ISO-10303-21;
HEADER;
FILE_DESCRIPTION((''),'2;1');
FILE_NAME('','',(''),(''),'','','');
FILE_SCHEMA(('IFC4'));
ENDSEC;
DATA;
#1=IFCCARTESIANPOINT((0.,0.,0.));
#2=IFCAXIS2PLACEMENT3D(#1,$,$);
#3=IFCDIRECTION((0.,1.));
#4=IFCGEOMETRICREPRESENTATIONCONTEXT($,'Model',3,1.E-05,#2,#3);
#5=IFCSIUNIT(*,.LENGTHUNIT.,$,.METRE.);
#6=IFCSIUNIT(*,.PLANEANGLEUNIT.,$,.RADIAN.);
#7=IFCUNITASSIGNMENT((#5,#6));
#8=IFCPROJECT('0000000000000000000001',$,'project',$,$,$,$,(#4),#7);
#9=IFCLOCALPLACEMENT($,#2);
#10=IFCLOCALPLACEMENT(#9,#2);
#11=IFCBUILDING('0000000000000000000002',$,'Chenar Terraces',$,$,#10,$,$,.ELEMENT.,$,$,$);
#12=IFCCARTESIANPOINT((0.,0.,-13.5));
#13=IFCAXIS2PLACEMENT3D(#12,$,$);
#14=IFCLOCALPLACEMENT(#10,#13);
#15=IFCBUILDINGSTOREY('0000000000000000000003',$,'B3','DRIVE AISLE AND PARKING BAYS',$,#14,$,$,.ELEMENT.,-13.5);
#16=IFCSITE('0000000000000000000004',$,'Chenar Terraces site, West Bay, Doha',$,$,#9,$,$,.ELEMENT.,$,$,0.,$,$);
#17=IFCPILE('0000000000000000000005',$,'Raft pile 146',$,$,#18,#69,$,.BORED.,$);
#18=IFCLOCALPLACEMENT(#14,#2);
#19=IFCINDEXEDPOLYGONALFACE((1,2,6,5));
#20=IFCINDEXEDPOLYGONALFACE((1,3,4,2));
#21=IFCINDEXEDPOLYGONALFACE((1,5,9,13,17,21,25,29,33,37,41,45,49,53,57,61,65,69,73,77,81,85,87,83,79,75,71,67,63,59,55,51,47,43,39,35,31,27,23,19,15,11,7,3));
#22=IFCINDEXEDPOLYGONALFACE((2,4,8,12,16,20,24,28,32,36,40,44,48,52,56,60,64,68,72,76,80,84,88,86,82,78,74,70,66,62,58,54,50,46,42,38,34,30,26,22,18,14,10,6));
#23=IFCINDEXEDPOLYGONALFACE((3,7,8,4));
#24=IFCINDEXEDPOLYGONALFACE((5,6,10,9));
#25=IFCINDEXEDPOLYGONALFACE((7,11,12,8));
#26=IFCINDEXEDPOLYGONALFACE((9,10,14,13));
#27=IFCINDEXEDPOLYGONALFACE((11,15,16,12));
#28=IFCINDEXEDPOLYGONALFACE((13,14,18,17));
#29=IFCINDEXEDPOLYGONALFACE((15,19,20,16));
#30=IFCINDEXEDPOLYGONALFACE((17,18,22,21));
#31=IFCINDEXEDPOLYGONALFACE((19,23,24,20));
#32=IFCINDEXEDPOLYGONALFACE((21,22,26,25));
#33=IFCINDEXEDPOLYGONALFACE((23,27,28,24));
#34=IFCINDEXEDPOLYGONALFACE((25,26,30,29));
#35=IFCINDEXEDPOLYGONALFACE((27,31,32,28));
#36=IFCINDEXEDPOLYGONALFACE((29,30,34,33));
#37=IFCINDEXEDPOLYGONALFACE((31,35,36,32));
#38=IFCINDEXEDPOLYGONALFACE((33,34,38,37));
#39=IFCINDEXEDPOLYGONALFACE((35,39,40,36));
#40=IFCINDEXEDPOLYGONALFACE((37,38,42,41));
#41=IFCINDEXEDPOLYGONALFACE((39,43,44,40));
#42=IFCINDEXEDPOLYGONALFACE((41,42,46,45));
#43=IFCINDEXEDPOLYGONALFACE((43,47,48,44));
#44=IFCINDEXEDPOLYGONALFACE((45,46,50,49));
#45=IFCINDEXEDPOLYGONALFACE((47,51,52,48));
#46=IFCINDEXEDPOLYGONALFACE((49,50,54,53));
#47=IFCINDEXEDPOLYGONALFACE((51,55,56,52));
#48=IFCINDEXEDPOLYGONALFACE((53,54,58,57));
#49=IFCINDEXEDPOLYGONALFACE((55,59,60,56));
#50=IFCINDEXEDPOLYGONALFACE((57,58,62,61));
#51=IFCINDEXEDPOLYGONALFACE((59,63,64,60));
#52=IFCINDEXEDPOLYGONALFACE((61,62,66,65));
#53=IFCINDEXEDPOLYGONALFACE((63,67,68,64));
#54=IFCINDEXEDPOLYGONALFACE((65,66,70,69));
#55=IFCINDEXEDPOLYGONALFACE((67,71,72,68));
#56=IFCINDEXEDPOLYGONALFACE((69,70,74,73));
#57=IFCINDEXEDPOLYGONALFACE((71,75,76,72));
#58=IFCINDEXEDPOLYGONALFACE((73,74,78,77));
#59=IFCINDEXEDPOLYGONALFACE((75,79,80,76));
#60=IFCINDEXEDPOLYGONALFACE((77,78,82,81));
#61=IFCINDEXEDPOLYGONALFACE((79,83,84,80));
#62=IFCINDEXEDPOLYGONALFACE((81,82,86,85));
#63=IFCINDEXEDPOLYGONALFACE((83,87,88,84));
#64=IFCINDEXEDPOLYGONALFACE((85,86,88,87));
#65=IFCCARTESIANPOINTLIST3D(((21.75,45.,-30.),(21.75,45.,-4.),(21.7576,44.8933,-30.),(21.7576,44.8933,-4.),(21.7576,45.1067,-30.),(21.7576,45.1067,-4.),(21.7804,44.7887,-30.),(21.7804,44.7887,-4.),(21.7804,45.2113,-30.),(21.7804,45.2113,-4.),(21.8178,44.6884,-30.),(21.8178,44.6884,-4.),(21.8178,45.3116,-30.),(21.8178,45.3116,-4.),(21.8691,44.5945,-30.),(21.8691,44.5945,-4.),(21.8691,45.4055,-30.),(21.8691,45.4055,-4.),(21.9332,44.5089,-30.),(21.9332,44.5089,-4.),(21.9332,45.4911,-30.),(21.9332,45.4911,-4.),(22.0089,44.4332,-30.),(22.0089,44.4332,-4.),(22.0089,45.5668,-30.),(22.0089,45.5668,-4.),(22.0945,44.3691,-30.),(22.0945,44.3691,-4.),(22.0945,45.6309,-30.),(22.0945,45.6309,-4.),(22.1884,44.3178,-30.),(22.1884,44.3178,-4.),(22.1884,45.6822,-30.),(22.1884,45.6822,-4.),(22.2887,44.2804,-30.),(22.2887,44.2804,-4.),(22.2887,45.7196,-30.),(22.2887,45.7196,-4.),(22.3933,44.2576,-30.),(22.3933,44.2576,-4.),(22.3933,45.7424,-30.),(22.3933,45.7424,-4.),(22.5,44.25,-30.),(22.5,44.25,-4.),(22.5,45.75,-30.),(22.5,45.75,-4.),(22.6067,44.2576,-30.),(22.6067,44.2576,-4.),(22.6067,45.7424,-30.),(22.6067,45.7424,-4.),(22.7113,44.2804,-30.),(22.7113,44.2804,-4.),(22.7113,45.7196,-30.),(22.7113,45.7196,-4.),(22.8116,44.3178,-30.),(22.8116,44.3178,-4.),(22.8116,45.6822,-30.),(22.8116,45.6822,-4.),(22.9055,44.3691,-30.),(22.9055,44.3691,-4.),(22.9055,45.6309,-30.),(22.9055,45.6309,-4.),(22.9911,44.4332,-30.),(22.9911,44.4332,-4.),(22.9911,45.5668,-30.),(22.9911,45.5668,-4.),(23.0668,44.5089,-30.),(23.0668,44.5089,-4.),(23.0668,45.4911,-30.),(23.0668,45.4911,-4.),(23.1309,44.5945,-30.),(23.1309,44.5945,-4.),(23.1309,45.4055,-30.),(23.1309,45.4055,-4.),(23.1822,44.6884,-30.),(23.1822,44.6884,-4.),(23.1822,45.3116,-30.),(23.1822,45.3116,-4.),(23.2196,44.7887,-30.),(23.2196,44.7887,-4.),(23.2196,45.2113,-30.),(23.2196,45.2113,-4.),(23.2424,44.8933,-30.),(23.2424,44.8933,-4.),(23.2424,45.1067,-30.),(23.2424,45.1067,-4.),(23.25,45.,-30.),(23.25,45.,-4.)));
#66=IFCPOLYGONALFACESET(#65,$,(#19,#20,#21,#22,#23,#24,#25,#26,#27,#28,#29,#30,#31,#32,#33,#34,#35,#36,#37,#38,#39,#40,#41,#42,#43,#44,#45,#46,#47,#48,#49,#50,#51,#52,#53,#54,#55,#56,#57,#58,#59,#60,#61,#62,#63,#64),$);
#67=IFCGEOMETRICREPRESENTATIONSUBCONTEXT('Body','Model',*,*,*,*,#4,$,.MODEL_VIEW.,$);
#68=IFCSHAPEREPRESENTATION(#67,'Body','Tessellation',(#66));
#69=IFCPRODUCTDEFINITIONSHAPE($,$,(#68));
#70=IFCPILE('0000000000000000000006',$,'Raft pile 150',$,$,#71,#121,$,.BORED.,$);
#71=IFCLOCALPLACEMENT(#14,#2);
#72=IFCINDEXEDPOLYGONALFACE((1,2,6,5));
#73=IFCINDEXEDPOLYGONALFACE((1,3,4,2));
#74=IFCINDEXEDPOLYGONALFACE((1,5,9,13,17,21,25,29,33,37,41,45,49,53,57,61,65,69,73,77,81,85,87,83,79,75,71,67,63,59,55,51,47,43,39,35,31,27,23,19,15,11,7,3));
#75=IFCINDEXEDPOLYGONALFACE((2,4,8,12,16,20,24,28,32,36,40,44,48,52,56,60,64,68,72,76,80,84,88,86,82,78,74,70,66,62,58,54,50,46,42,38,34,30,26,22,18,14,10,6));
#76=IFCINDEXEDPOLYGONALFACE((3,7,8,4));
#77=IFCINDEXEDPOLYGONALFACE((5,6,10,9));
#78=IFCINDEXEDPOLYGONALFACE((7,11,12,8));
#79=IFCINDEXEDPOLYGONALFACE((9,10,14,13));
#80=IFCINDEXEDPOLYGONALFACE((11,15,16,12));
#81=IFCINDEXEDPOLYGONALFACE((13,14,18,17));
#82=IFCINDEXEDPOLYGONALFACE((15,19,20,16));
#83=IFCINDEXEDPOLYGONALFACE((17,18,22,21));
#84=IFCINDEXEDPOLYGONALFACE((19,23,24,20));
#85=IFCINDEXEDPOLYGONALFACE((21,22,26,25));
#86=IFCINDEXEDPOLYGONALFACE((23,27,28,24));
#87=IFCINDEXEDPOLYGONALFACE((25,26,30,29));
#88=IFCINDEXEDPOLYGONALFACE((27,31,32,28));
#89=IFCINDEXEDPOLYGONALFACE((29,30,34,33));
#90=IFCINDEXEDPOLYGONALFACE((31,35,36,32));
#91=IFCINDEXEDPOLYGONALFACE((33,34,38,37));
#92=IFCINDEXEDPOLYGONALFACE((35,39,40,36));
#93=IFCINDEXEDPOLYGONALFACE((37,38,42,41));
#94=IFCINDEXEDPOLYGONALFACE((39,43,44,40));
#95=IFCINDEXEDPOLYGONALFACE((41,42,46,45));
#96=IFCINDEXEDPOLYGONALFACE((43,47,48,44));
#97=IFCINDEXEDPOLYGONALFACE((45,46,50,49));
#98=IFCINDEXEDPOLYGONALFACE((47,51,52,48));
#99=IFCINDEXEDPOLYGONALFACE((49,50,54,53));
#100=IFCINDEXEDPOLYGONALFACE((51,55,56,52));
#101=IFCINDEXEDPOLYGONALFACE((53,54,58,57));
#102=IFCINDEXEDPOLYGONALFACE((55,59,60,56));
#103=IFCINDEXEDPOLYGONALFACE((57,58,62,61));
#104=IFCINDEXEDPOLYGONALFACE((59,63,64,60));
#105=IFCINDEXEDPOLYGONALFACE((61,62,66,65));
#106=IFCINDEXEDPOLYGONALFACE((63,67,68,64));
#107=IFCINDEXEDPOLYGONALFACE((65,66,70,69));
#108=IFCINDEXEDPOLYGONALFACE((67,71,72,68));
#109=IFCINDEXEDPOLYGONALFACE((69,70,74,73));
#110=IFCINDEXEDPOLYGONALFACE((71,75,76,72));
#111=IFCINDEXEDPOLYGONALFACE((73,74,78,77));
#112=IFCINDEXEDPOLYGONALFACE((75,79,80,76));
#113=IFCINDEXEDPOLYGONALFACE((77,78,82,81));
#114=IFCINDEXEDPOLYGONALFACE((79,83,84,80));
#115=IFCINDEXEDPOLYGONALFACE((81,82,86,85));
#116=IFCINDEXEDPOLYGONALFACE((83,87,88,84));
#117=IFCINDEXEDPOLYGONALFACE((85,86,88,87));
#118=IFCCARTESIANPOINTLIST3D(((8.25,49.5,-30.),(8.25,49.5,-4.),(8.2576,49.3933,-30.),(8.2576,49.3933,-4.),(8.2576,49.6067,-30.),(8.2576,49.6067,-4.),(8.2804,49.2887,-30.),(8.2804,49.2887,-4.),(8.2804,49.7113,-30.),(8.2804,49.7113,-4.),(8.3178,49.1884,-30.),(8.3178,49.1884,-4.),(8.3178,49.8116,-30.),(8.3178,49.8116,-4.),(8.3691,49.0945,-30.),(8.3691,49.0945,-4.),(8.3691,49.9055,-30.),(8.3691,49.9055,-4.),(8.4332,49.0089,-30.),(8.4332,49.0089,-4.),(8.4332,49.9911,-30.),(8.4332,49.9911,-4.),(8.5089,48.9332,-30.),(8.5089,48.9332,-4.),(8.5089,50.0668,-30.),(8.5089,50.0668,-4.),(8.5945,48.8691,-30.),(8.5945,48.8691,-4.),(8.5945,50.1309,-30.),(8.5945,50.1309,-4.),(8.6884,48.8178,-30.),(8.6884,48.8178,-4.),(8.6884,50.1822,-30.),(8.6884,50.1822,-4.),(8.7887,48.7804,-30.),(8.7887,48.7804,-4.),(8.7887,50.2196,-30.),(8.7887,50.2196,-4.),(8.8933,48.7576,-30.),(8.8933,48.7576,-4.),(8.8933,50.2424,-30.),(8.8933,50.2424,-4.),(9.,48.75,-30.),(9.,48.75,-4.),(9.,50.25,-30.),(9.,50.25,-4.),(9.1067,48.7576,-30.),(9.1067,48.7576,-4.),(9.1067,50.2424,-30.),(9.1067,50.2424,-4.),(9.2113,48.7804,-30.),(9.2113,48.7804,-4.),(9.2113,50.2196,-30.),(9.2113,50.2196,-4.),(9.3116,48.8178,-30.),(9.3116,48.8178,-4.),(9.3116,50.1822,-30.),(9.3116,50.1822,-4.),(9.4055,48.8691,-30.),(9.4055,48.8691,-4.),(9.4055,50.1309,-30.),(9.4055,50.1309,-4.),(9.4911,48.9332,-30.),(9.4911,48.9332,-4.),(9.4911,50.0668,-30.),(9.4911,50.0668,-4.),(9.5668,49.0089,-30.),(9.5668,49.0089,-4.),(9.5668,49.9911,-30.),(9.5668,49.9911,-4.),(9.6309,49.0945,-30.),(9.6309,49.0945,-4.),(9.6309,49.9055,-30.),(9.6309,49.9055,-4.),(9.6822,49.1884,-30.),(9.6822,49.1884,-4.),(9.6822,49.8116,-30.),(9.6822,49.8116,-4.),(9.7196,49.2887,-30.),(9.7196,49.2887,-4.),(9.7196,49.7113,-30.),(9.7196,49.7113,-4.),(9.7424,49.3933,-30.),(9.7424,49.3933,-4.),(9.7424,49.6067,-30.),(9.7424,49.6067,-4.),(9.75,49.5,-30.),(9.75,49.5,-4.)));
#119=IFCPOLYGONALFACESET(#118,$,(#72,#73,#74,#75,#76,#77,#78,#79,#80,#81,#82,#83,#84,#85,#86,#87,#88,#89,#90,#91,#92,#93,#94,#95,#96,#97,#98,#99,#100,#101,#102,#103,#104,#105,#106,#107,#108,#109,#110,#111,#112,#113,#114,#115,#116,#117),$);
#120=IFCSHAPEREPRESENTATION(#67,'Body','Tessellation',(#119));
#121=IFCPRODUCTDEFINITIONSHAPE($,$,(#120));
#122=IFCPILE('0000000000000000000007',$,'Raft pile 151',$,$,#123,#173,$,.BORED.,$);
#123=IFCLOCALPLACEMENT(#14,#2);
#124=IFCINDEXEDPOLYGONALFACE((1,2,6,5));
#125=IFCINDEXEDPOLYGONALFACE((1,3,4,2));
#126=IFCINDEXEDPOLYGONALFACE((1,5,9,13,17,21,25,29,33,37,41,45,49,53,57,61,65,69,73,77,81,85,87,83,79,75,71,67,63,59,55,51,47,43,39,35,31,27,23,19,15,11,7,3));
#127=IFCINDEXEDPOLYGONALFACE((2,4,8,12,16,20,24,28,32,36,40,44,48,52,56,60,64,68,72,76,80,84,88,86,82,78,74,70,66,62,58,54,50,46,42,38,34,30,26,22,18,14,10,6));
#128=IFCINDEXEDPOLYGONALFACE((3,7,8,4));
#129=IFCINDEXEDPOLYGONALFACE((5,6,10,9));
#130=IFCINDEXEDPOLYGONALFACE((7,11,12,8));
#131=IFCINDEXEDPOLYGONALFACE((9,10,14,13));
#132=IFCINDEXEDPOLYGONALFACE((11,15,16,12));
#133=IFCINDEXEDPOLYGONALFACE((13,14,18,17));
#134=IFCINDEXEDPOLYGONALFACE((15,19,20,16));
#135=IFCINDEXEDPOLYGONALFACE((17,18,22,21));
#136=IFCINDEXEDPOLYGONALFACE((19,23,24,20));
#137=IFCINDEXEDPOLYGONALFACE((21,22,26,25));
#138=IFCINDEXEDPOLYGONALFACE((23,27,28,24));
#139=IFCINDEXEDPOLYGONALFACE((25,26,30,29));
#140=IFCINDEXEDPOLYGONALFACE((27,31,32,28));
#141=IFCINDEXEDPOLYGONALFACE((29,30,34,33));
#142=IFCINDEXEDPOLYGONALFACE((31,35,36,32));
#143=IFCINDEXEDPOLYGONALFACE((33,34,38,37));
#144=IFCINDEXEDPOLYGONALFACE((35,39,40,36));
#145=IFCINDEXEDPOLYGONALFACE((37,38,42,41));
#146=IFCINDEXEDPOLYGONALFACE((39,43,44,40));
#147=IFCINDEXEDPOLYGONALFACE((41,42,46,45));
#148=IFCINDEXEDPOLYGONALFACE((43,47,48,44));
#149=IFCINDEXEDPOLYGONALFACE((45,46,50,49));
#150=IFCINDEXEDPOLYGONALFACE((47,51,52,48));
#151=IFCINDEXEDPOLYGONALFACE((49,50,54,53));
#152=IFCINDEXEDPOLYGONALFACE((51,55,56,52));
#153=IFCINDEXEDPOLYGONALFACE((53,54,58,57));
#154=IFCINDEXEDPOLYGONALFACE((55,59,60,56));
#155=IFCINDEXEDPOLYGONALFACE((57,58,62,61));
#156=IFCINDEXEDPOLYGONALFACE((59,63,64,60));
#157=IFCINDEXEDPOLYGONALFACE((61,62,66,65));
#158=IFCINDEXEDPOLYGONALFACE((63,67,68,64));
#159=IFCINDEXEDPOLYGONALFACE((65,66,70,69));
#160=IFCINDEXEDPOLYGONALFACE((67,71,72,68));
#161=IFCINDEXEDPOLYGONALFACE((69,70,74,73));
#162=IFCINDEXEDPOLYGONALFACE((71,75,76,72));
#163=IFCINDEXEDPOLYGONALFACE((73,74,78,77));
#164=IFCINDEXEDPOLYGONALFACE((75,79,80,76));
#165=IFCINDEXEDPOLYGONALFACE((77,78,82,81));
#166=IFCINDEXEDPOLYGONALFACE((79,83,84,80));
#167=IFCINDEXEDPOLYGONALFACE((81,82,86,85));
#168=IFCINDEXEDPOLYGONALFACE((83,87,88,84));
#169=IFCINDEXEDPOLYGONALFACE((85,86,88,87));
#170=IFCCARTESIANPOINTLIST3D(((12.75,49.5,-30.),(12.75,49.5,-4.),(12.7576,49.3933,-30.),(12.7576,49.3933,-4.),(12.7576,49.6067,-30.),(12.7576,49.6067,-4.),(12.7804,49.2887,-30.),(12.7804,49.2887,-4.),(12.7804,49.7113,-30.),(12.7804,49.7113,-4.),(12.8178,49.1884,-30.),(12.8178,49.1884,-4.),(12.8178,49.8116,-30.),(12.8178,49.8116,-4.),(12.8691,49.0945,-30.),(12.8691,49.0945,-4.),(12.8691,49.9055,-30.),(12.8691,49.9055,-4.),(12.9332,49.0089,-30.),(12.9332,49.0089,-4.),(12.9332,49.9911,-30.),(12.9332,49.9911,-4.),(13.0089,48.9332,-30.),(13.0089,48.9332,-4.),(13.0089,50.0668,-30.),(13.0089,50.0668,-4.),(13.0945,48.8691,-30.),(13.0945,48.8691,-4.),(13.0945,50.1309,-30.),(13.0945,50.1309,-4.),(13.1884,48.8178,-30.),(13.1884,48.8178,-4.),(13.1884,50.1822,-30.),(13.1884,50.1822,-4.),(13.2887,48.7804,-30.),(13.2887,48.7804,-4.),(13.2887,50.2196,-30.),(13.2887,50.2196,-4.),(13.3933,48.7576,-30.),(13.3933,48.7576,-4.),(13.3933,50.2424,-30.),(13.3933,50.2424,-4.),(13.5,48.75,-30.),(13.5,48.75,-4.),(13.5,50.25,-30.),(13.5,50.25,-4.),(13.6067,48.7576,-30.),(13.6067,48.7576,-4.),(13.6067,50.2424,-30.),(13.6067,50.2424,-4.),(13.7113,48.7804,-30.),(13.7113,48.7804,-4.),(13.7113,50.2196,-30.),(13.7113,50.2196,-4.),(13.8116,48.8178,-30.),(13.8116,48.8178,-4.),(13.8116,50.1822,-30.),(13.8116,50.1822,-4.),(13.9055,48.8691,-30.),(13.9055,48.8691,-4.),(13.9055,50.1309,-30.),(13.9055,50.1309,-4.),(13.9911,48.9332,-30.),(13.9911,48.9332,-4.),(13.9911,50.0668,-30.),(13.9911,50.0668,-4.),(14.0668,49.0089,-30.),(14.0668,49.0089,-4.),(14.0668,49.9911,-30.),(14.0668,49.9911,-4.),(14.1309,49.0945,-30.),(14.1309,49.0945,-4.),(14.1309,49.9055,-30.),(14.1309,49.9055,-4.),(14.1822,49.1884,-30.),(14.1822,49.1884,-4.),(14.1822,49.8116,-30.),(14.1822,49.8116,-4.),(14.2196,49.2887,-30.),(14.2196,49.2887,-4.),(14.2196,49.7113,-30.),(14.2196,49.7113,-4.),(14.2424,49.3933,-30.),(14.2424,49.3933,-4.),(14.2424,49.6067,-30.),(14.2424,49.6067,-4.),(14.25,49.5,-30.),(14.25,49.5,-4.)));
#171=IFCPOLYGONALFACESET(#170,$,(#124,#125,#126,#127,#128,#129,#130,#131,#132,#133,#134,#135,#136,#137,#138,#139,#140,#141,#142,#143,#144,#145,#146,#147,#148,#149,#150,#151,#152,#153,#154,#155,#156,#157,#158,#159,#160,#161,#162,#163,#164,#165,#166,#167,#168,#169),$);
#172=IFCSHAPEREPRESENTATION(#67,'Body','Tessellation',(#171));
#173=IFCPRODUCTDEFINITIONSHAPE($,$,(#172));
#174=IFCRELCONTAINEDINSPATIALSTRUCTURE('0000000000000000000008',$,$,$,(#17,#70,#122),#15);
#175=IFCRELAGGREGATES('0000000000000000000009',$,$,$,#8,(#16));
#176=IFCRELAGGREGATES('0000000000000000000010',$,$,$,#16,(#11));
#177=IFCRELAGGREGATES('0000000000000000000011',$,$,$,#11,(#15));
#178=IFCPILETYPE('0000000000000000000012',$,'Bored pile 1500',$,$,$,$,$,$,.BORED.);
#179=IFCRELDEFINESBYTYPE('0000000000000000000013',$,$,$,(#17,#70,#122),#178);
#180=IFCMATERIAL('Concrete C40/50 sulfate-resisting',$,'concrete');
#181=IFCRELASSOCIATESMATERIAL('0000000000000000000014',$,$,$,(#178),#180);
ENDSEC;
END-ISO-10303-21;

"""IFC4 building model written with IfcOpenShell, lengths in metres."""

from ifc_helpers import new_model, si_unit, direction, frame, origin, origin_2d, place, context, subcontext, project, spatial, circle, extrude, material, material_profile, profile_set, type_object, element, save


model = new_model("IFC4")

# Units and contexts
model_context = context("Model", 3, precision=1e-05, world=origin(), true_north=direction((0.0, 1.0)))
body_context = subcontext(model_context, "Body", "Model", "MODEL_VIEW")
ifc_project = project(units=[si_unit("LENGTHUNIT", "METRE"), si_unit("PLANEANGLEUNIT", "RADIAN")], contexts=[model_context])

# Site, building, storey
site_placement = place(None, origin())
site = spatial("IfcSite", under=ifc_project, at=site_placement, Name="Chenar Terraces site, West Bay, Doha", CompositionType="ELEMENT", RefElevation=0.0)
building_placement = place(site_placement, origin())
building = spatial("IfcBuilding", under=site, at=building_placement, Name="Chenar Terraces", CompositionType="ELEMENT")
storey_placement = place(building_placement, frame((0.0, 0.0, -13.5)))
storey = spatial("IfcBuildingStorey", under=building, at=storey_placement, Name="B3", Description="DRIVE AISLE AND PARKING BAYS", CompositionType="ELEMENT", Elevation=-13.5)

# Piles
ifc_material_1 = material(Name="Concrete C40/50 sulfate-resisting", Category="concrete")
ifc_material_profile_1 = material_profile(ifc_material_1, circle(Radius=0.75, at=origin_2d()), Name="BP 1500")
ifc_profile_set_1 = profile_set([ifc_material_profile_1], Name="Concrete C40/50 sulfate-resisting")
pile_type = type_object("IfcPileType", Name="Bored pile 1500", PredefinedType="BORED", material=ifc_profile_set_1)
for number, where, z_axis, x_axis, name in (
    (1, (22.5, 45.0, -4.0), (0.0, 0.0, -1.0), (1.0, 0.0, 0.0), "Raft pile 146"),
    (2, (9.0, 49.5, -4.0), (0.0, 0.0, -1.0), (1.0, 0.0, 0.0), "Raft pile 150"),
    (3, (13.5, 49.5, -4.0), (0.0, 0.0, -1.0), (1.0, 0.0, 0.0), "Raft pile 151"),
):
    element("IfcPile", number, at=place(storey_placement, frame(where, z_axis=z_axis, x_axis=x_axis)), inside=storey, type_object=pile_type, Name=name, PredefinedType="BORED", context=body_context, shape_type="SweptSolid", body=[
        extrude(circle(Radius=0.75, at=origin_2d()), origin(), (0.0, 0.0, 1.0), 26.0),
    ])

save(model, "model.ifc")
